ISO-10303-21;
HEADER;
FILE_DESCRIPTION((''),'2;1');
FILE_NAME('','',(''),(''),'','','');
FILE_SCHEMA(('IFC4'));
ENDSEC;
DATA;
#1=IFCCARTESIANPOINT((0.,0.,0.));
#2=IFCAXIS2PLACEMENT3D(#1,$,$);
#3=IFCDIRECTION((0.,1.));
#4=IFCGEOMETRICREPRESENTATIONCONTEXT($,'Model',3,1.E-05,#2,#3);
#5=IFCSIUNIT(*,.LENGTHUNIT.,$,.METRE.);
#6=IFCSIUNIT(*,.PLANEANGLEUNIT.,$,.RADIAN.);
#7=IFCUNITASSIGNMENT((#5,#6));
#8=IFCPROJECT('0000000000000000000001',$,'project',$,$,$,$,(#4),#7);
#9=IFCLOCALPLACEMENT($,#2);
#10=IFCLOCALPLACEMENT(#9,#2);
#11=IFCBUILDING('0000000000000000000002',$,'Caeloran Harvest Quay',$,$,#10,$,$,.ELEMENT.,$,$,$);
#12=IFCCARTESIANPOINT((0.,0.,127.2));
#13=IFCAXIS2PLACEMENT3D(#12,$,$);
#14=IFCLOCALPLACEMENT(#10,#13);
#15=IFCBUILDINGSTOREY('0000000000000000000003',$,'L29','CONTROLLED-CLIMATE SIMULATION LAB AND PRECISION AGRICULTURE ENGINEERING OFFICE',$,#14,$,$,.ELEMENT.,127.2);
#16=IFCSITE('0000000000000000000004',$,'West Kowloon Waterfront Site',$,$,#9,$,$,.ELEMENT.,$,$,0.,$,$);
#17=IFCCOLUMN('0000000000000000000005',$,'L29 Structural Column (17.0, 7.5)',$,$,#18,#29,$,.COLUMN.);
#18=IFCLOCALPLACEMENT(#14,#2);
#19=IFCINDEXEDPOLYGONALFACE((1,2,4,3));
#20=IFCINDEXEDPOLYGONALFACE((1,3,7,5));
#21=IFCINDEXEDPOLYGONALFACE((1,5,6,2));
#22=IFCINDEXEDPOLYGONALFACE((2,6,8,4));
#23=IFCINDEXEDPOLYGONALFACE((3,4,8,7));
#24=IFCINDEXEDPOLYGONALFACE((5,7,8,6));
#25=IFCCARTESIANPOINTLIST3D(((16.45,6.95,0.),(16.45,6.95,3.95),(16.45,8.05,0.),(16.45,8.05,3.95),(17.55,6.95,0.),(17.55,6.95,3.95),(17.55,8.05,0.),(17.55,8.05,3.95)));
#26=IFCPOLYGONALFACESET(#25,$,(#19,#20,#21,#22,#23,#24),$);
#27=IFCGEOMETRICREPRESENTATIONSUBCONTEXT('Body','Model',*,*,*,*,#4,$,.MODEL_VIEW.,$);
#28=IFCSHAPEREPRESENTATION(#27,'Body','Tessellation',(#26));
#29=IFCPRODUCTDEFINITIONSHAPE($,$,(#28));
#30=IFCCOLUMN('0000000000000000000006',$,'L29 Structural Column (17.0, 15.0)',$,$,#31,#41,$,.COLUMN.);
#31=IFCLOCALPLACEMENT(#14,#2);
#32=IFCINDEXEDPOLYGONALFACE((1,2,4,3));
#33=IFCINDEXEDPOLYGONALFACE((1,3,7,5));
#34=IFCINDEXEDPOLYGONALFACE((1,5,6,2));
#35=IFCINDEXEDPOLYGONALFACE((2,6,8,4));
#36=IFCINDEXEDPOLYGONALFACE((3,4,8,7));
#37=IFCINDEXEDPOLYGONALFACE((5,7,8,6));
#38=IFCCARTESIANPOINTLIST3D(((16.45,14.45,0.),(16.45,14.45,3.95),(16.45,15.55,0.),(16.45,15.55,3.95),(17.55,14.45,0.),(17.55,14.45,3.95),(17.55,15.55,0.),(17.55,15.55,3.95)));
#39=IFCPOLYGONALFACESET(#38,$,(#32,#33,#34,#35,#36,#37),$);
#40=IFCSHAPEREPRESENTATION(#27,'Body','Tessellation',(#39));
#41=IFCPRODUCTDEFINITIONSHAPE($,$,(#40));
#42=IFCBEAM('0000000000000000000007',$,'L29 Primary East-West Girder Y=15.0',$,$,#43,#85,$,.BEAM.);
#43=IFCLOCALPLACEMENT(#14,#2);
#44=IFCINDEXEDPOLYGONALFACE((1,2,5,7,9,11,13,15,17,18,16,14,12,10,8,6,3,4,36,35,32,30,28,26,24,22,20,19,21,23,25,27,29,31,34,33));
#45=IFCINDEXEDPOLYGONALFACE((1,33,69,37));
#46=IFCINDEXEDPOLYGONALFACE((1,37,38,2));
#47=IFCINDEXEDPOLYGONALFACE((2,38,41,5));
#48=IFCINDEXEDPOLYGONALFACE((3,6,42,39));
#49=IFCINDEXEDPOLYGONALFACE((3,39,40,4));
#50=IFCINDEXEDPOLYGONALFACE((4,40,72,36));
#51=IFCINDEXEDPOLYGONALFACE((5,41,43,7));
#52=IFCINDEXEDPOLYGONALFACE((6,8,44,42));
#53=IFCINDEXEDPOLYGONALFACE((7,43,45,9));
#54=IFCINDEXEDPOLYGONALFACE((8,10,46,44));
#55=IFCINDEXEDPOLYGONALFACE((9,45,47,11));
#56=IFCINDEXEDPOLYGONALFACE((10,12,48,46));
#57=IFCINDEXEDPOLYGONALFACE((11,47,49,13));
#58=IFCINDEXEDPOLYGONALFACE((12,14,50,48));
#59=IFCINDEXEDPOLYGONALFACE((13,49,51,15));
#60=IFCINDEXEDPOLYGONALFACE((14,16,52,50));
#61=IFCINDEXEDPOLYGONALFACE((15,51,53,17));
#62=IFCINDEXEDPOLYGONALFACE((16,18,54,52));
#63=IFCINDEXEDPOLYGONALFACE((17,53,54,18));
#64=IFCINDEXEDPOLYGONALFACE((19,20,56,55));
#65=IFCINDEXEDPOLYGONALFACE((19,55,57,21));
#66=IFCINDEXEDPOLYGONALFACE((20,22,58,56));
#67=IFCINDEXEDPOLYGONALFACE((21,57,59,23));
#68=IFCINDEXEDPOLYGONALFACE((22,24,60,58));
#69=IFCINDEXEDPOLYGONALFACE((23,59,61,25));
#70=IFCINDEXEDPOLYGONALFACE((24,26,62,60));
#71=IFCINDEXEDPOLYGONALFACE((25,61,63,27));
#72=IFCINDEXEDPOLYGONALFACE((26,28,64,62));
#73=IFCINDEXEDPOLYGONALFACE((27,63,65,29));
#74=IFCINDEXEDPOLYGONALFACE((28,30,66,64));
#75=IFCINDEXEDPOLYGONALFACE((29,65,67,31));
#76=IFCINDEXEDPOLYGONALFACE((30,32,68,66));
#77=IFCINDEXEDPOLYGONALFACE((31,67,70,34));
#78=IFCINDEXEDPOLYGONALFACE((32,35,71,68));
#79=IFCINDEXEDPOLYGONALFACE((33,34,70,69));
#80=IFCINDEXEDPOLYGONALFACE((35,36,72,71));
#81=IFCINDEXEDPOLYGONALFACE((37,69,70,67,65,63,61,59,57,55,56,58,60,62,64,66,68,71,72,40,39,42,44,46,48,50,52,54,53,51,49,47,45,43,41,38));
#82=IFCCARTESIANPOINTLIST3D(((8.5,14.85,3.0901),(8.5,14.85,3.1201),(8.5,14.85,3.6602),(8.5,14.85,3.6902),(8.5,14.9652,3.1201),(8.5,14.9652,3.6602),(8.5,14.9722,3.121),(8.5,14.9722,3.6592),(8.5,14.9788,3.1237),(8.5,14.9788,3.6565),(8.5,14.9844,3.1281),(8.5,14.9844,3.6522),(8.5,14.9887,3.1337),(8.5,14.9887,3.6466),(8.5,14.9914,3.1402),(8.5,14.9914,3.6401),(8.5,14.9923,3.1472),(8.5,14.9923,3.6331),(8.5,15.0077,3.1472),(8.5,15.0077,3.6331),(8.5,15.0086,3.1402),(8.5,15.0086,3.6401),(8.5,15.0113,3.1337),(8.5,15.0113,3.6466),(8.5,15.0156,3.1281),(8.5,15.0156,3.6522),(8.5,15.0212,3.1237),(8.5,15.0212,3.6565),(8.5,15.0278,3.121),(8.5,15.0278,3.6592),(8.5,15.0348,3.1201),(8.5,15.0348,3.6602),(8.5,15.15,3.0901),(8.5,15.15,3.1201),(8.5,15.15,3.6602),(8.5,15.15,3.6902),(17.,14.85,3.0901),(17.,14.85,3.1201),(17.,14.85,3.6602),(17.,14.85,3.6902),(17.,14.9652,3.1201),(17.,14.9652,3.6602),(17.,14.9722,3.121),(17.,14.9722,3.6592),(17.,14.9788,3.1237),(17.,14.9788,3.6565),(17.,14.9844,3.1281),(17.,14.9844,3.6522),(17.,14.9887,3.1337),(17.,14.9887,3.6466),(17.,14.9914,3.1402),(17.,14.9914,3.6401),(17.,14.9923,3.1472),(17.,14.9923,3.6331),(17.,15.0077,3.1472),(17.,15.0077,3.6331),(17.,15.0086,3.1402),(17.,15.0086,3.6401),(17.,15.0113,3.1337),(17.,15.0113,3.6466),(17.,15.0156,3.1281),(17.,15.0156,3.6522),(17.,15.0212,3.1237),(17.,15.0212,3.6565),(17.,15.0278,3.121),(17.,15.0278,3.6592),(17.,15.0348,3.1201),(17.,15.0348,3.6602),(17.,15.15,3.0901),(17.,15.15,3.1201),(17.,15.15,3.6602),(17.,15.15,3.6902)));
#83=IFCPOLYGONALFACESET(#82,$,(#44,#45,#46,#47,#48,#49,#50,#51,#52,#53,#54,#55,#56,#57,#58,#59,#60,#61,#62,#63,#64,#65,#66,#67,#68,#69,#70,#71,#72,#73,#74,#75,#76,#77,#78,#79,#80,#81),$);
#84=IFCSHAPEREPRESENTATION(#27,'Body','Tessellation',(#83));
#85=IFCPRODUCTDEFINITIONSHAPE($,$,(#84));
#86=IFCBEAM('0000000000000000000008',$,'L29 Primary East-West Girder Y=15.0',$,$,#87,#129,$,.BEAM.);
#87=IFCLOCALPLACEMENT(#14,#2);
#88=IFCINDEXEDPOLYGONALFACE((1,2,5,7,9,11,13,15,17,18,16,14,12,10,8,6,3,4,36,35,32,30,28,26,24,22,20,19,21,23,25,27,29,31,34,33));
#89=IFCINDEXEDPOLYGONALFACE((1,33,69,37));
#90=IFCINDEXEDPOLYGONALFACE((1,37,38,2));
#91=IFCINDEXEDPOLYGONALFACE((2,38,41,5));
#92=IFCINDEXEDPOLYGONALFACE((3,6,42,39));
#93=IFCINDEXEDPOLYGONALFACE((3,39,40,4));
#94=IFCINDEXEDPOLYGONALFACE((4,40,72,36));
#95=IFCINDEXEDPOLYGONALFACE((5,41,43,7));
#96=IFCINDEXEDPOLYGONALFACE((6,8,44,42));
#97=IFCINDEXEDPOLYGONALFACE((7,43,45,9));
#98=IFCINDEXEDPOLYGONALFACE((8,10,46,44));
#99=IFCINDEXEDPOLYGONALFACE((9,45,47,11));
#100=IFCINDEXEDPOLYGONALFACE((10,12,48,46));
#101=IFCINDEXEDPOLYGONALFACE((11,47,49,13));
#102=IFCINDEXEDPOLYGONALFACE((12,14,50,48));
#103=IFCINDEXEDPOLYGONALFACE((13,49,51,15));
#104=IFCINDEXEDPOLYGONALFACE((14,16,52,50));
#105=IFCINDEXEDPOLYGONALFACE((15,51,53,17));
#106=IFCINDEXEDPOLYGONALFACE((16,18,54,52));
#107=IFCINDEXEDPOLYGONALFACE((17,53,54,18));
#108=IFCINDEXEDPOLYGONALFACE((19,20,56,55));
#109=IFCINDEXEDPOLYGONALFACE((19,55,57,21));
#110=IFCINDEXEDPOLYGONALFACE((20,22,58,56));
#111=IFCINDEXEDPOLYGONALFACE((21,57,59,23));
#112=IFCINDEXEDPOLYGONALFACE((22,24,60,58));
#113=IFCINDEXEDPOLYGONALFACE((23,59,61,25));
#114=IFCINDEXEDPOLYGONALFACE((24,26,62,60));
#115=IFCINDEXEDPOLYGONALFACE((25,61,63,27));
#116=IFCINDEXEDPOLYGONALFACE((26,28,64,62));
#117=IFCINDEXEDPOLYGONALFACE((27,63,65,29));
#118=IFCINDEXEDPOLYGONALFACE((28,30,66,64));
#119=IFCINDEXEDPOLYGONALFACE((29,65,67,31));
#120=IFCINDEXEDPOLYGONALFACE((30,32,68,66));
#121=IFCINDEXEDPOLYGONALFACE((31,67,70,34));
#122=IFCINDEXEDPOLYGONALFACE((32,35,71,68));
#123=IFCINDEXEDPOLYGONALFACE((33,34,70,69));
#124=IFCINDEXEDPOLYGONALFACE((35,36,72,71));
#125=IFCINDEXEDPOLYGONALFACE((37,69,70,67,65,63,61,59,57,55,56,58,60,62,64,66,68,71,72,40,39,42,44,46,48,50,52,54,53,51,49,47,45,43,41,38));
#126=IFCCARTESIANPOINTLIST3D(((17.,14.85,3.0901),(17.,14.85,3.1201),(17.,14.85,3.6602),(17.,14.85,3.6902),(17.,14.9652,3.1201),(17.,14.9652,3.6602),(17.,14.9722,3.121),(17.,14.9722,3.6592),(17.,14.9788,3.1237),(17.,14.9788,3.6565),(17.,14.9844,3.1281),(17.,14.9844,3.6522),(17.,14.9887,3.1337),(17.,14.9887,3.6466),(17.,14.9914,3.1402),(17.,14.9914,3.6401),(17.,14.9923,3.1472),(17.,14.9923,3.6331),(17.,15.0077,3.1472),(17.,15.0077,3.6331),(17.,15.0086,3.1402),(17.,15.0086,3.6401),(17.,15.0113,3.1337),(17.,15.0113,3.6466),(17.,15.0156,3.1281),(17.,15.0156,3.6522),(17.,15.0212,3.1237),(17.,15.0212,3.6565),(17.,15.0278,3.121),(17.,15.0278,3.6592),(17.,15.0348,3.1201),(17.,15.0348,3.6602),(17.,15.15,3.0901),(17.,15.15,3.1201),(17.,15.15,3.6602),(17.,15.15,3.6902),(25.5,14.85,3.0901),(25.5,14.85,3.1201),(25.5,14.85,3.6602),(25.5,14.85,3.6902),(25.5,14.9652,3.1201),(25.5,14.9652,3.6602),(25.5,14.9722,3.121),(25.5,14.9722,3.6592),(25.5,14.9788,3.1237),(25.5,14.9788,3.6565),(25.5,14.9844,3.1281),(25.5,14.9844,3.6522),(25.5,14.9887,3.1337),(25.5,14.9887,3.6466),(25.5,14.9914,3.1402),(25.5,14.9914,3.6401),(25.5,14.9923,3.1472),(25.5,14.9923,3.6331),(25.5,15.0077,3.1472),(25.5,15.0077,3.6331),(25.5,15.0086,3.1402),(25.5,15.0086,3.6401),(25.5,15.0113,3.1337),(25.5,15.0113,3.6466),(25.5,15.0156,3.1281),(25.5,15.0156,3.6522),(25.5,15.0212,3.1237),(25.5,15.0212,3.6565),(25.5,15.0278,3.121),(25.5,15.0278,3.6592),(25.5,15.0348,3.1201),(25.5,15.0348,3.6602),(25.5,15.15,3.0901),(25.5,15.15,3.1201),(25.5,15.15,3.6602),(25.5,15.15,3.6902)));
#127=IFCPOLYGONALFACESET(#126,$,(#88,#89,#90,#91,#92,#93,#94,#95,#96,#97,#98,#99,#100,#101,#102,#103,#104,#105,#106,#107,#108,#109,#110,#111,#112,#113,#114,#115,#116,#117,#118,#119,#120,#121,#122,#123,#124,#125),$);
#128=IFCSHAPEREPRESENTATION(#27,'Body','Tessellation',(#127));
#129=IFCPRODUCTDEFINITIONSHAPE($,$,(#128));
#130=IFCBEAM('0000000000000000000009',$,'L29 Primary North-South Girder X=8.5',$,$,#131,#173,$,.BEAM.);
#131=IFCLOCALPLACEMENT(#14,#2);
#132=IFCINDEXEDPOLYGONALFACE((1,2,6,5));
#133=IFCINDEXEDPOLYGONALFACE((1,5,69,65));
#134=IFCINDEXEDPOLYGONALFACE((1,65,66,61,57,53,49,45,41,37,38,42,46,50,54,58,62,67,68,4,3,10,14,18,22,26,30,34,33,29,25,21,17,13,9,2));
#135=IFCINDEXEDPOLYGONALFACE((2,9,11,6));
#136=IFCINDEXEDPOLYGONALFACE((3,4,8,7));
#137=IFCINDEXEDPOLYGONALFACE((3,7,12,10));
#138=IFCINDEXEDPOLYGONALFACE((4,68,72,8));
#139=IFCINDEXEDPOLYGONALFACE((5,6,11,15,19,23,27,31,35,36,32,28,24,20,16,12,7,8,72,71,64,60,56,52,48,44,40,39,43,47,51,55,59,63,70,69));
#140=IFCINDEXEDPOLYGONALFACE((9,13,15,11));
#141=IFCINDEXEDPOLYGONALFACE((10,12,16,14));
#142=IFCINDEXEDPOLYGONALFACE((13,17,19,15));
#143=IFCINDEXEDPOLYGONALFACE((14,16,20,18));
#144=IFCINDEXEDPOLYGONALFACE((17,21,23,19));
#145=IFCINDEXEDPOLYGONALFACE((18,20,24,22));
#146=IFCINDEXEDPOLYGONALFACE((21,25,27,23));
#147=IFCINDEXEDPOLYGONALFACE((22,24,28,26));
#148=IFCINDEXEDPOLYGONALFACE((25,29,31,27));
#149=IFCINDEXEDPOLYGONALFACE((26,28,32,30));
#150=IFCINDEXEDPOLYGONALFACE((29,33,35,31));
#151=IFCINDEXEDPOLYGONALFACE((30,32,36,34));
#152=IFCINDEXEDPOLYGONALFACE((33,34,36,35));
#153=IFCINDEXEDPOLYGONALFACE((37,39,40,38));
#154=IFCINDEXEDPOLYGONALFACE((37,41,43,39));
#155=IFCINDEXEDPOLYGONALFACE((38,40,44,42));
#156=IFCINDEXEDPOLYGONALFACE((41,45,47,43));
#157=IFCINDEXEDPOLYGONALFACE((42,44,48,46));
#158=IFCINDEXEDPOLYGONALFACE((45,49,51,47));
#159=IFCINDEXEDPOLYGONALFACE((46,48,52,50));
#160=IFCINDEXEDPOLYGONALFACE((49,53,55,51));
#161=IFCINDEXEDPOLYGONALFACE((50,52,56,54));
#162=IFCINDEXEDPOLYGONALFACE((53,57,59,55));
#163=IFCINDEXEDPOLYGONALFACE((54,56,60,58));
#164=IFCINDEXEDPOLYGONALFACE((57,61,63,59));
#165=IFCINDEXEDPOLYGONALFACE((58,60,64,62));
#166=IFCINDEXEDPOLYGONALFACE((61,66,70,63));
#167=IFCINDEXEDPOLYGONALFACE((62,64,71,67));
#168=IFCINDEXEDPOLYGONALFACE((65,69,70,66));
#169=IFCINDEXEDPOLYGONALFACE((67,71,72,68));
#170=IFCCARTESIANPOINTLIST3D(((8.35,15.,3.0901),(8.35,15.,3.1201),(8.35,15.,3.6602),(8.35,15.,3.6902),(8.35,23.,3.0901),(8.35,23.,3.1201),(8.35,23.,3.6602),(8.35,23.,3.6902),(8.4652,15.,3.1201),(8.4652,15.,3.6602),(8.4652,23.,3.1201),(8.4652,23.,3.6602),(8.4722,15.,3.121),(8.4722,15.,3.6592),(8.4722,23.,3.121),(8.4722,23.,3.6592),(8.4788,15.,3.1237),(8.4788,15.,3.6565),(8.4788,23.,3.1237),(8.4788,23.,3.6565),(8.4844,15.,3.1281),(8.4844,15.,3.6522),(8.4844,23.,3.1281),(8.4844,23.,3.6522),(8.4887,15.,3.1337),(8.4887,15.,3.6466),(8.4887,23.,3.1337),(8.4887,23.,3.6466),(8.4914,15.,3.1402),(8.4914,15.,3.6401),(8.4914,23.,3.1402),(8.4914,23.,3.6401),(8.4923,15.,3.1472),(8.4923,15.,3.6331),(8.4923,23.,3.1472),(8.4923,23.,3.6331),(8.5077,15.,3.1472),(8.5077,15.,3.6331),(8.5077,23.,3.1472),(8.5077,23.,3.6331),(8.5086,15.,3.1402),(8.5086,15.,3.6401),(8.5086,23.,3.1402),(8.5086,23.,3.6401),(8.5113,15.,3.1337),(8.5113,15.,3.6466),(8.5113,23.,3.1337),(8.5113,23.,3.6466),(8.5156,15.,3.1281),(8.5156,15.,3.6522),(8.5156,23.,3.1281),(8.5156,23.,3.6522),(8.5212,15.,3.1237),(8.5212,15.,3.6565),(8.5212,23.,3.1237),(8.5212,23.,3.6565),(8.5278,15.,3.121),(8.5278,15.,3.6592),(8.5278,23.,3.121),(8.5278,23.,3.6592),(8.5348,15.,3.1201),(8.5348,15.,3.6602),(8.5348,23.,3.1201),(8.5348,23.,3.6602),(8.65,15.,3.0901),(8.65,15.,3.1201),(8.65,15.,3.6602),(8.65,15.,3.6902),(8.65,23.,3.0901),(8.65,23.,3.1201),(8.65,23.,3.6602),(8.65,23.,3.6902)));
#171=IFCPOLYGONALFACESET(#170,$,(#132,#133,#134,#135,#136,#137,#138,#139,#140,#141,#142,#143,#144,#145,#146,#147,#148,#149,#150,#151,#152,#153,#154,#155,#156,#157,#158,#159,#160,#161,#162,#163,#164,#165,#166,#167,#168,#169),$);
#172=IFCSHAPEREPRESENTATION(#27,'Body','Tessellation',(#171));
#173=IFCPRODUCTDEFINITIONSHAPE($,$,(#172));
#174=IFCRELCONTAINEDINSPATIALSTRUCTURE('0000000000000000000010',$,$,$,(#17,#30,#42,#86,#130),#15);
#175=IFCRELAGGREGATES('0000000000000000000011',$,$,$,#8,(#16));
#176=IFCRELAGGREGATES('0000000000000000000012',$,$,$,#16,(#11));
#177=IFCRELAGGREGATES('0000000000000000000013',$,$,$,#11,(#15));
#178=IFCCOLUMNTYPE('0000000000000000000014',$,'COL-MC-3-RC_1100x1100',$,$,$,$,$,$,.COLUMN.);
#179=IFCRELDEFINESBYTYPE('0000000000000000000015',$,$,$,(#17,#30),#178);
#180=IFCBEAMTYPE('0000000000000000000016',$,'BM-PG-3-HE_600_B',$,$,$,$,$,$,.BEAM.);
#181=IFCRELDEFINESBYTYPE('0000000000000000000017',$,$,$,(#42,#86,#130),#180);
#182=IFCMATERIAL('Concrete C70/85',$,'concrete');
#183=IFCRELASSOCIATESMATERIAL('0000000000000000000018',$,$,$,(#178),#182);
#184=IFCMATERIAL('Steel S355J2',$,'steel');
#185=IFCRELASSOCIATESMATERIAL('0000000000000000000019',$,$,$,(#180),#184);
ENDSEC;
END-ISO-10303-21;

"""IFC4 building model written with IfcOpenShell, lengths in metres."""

from ifc_helpers import new_model, si_unit, direction, frame, origin, origin_2d, place, context, subcontext, project, spatial, rectangle, i_section, extrude, material, material_profile, profile_set, type_object, element, save


model = new_model("IFC4")

# Units and contexts
model_context = context("Model", 3, precision=1e-05, world=origin(), true_north=direction((0.0, 1.0)))
body_context = subcontext(model_context, "Body", "Model", "MODEL_VIEW")
ifc_project = project(units=[si_unit("LENGTHUNIT", "METRE"), si_unit("PLANEANGLEUNIT", "RADIAN")], contexts=[model_context])

# Site, building, storey
site_placement = place(None, origin())
site = spatial("IfcSite", under=ifc_project, at=site_placement, Name="West Kowloon Waterfront Site", CompositionType="ELEMENT", RefElevation=0.0)
building_placement = place(site_placement, origin())
building = spatial("IfcBuilding", under=site, at=building_placement, Name="Caeloran Harvest Quay", CompositionType="ELEMENT")
storey_placement = place(building_placement, frame((0.0, 0.0, 127.2)))
storey = spatial("IfcBuildingStorey", under=building, at=storey_placement, Name="L29", Description="CONTROLLED-CLIMATE SIMULATION LAB AND PRECISION AGRICULTURE ENGINEERING OFFICE", CompositionType="ELEMENT", Elevation=127.2)

# Columns
ifc_material_1 = material(Name="Concrete C70/85", Category="concrete")
ifc_material_profile_1 = material_profile(ifc_material_1, rectangle(XDim=1.1001, YDim=1.1001, at=origin_2d()), Name="RC 1100x1100")
ifc_profile_set_1 = profile_set([ifc_material_profile_1], Name="Concrete C70/85")
column_type = type_object("IfcColumnType", Name="COL-MC-3-RC_1100x1100", PredefinedType="COLUMN", material=ifc_profile_set_1)
for number, where, z_axis, x_axis, name in (
    (1, (17.0, 7.5, 0.0), (0.0, 0.0, 1.0), (1.0, 0.0, 0.0), "L29 Structural Column (17.0, 7.5)"),
    (2, (17.0, 15.0, 0.0), (0.0, 0.0, 1.0), (1.0, 0.0, 0.0), "L29 Structural Column (17.0, 15.0)"),
):
    element("IfcColumn", number, at=place(storey_placement, frame(where, z_axis=z_axis, x_axis=x_axis)), inside=storey, type_object=column_type, Name=name, PredefinedType="COLUMN", context=body_context, shape_type="SweptSolid", body=[
        extrude(rectangle(XDim=1.1001, YDim=1.1001, at=origin_2d()), origin(), (0.0, 0.0, 1.0), 3.95),
    ])

# Beams
ifc_material_2 = material(Name="Steel S355J2", Category="steel")
ifc_material_profile_2 = material_profile(ifc_material_2, i_section(OverallWidth=0.3, OverallDepth=0.6001, WebThickness=0.0154, FlangeThickness=0.03, FilletRadius=0.0271, at=origin_2d()), Name="HE 600 B")
ifc_profile_set_2 = profile_set([ifc_material_profile_2], Name="Steel S355J2")
beam_type_1 = type_object("IfcBeamType", Name="BM-PG-3-HE_600_B", PredefinedType="BEAM", material=ifc_profile_set_2)
for number, where, z_axis, x_axis, name in (
    (3, (8.5, 15.0, 3.3901), (1.0, 0.0, 0.0), (0.0, 1.0, 0.0), "L29 Primary East-West Girder Y=15.0"),
    (4, (17.0, 15.0, 3.3901), (1.0, 0.0, 0.0), (0.0, 1.0, 0.0), "L29 Primary East-West Girder Y=15.0"),
):
    element("IfcBeam", number, at=place(storey_placement, frame(where, z_axis=z_axis, x_axis=x_axis)), inside=storey, type_object=beam_type_1, Name=name, PredefinedType="BEAM", context=body_context, shape_type="SweptSolid", body=[
        extrude(i_section(OverallWidth=0.3, OverallDepth=0.6001, WebThickness=0.0154, FlangeThickness=0.03, FilletRadius=0.0271, at=origin_2d()), origin(), (0.0, 0.0, 1.0), 8.5),
    ])
beam_1_placement = place(storey_placement, frame((8.5, 15.0, 3.3901), z_axis=(0.0, 1.0, 0.0), x_axis=(-1.0, 0.0, 0.0)))
element("IfcBeam", 5, at=beam_1_placement, inside=storey, type_object=beam_type_1, Name="L29 Primary North-South Girder X=8.5", PredefinedType="BEAM", context=body_context, shape_type="SweptSolid", body=[
    extrude(i_section(OverallWidth=0.3, OverallDepth=0.6001, WebThickness=0.0154, FlangeThickness=0.03, FilletRadius=0.0271, at=origin_2d()), origin(), (0.0, 0.0, 1.0), 8.0),
])

save(model, "model.ifc")
